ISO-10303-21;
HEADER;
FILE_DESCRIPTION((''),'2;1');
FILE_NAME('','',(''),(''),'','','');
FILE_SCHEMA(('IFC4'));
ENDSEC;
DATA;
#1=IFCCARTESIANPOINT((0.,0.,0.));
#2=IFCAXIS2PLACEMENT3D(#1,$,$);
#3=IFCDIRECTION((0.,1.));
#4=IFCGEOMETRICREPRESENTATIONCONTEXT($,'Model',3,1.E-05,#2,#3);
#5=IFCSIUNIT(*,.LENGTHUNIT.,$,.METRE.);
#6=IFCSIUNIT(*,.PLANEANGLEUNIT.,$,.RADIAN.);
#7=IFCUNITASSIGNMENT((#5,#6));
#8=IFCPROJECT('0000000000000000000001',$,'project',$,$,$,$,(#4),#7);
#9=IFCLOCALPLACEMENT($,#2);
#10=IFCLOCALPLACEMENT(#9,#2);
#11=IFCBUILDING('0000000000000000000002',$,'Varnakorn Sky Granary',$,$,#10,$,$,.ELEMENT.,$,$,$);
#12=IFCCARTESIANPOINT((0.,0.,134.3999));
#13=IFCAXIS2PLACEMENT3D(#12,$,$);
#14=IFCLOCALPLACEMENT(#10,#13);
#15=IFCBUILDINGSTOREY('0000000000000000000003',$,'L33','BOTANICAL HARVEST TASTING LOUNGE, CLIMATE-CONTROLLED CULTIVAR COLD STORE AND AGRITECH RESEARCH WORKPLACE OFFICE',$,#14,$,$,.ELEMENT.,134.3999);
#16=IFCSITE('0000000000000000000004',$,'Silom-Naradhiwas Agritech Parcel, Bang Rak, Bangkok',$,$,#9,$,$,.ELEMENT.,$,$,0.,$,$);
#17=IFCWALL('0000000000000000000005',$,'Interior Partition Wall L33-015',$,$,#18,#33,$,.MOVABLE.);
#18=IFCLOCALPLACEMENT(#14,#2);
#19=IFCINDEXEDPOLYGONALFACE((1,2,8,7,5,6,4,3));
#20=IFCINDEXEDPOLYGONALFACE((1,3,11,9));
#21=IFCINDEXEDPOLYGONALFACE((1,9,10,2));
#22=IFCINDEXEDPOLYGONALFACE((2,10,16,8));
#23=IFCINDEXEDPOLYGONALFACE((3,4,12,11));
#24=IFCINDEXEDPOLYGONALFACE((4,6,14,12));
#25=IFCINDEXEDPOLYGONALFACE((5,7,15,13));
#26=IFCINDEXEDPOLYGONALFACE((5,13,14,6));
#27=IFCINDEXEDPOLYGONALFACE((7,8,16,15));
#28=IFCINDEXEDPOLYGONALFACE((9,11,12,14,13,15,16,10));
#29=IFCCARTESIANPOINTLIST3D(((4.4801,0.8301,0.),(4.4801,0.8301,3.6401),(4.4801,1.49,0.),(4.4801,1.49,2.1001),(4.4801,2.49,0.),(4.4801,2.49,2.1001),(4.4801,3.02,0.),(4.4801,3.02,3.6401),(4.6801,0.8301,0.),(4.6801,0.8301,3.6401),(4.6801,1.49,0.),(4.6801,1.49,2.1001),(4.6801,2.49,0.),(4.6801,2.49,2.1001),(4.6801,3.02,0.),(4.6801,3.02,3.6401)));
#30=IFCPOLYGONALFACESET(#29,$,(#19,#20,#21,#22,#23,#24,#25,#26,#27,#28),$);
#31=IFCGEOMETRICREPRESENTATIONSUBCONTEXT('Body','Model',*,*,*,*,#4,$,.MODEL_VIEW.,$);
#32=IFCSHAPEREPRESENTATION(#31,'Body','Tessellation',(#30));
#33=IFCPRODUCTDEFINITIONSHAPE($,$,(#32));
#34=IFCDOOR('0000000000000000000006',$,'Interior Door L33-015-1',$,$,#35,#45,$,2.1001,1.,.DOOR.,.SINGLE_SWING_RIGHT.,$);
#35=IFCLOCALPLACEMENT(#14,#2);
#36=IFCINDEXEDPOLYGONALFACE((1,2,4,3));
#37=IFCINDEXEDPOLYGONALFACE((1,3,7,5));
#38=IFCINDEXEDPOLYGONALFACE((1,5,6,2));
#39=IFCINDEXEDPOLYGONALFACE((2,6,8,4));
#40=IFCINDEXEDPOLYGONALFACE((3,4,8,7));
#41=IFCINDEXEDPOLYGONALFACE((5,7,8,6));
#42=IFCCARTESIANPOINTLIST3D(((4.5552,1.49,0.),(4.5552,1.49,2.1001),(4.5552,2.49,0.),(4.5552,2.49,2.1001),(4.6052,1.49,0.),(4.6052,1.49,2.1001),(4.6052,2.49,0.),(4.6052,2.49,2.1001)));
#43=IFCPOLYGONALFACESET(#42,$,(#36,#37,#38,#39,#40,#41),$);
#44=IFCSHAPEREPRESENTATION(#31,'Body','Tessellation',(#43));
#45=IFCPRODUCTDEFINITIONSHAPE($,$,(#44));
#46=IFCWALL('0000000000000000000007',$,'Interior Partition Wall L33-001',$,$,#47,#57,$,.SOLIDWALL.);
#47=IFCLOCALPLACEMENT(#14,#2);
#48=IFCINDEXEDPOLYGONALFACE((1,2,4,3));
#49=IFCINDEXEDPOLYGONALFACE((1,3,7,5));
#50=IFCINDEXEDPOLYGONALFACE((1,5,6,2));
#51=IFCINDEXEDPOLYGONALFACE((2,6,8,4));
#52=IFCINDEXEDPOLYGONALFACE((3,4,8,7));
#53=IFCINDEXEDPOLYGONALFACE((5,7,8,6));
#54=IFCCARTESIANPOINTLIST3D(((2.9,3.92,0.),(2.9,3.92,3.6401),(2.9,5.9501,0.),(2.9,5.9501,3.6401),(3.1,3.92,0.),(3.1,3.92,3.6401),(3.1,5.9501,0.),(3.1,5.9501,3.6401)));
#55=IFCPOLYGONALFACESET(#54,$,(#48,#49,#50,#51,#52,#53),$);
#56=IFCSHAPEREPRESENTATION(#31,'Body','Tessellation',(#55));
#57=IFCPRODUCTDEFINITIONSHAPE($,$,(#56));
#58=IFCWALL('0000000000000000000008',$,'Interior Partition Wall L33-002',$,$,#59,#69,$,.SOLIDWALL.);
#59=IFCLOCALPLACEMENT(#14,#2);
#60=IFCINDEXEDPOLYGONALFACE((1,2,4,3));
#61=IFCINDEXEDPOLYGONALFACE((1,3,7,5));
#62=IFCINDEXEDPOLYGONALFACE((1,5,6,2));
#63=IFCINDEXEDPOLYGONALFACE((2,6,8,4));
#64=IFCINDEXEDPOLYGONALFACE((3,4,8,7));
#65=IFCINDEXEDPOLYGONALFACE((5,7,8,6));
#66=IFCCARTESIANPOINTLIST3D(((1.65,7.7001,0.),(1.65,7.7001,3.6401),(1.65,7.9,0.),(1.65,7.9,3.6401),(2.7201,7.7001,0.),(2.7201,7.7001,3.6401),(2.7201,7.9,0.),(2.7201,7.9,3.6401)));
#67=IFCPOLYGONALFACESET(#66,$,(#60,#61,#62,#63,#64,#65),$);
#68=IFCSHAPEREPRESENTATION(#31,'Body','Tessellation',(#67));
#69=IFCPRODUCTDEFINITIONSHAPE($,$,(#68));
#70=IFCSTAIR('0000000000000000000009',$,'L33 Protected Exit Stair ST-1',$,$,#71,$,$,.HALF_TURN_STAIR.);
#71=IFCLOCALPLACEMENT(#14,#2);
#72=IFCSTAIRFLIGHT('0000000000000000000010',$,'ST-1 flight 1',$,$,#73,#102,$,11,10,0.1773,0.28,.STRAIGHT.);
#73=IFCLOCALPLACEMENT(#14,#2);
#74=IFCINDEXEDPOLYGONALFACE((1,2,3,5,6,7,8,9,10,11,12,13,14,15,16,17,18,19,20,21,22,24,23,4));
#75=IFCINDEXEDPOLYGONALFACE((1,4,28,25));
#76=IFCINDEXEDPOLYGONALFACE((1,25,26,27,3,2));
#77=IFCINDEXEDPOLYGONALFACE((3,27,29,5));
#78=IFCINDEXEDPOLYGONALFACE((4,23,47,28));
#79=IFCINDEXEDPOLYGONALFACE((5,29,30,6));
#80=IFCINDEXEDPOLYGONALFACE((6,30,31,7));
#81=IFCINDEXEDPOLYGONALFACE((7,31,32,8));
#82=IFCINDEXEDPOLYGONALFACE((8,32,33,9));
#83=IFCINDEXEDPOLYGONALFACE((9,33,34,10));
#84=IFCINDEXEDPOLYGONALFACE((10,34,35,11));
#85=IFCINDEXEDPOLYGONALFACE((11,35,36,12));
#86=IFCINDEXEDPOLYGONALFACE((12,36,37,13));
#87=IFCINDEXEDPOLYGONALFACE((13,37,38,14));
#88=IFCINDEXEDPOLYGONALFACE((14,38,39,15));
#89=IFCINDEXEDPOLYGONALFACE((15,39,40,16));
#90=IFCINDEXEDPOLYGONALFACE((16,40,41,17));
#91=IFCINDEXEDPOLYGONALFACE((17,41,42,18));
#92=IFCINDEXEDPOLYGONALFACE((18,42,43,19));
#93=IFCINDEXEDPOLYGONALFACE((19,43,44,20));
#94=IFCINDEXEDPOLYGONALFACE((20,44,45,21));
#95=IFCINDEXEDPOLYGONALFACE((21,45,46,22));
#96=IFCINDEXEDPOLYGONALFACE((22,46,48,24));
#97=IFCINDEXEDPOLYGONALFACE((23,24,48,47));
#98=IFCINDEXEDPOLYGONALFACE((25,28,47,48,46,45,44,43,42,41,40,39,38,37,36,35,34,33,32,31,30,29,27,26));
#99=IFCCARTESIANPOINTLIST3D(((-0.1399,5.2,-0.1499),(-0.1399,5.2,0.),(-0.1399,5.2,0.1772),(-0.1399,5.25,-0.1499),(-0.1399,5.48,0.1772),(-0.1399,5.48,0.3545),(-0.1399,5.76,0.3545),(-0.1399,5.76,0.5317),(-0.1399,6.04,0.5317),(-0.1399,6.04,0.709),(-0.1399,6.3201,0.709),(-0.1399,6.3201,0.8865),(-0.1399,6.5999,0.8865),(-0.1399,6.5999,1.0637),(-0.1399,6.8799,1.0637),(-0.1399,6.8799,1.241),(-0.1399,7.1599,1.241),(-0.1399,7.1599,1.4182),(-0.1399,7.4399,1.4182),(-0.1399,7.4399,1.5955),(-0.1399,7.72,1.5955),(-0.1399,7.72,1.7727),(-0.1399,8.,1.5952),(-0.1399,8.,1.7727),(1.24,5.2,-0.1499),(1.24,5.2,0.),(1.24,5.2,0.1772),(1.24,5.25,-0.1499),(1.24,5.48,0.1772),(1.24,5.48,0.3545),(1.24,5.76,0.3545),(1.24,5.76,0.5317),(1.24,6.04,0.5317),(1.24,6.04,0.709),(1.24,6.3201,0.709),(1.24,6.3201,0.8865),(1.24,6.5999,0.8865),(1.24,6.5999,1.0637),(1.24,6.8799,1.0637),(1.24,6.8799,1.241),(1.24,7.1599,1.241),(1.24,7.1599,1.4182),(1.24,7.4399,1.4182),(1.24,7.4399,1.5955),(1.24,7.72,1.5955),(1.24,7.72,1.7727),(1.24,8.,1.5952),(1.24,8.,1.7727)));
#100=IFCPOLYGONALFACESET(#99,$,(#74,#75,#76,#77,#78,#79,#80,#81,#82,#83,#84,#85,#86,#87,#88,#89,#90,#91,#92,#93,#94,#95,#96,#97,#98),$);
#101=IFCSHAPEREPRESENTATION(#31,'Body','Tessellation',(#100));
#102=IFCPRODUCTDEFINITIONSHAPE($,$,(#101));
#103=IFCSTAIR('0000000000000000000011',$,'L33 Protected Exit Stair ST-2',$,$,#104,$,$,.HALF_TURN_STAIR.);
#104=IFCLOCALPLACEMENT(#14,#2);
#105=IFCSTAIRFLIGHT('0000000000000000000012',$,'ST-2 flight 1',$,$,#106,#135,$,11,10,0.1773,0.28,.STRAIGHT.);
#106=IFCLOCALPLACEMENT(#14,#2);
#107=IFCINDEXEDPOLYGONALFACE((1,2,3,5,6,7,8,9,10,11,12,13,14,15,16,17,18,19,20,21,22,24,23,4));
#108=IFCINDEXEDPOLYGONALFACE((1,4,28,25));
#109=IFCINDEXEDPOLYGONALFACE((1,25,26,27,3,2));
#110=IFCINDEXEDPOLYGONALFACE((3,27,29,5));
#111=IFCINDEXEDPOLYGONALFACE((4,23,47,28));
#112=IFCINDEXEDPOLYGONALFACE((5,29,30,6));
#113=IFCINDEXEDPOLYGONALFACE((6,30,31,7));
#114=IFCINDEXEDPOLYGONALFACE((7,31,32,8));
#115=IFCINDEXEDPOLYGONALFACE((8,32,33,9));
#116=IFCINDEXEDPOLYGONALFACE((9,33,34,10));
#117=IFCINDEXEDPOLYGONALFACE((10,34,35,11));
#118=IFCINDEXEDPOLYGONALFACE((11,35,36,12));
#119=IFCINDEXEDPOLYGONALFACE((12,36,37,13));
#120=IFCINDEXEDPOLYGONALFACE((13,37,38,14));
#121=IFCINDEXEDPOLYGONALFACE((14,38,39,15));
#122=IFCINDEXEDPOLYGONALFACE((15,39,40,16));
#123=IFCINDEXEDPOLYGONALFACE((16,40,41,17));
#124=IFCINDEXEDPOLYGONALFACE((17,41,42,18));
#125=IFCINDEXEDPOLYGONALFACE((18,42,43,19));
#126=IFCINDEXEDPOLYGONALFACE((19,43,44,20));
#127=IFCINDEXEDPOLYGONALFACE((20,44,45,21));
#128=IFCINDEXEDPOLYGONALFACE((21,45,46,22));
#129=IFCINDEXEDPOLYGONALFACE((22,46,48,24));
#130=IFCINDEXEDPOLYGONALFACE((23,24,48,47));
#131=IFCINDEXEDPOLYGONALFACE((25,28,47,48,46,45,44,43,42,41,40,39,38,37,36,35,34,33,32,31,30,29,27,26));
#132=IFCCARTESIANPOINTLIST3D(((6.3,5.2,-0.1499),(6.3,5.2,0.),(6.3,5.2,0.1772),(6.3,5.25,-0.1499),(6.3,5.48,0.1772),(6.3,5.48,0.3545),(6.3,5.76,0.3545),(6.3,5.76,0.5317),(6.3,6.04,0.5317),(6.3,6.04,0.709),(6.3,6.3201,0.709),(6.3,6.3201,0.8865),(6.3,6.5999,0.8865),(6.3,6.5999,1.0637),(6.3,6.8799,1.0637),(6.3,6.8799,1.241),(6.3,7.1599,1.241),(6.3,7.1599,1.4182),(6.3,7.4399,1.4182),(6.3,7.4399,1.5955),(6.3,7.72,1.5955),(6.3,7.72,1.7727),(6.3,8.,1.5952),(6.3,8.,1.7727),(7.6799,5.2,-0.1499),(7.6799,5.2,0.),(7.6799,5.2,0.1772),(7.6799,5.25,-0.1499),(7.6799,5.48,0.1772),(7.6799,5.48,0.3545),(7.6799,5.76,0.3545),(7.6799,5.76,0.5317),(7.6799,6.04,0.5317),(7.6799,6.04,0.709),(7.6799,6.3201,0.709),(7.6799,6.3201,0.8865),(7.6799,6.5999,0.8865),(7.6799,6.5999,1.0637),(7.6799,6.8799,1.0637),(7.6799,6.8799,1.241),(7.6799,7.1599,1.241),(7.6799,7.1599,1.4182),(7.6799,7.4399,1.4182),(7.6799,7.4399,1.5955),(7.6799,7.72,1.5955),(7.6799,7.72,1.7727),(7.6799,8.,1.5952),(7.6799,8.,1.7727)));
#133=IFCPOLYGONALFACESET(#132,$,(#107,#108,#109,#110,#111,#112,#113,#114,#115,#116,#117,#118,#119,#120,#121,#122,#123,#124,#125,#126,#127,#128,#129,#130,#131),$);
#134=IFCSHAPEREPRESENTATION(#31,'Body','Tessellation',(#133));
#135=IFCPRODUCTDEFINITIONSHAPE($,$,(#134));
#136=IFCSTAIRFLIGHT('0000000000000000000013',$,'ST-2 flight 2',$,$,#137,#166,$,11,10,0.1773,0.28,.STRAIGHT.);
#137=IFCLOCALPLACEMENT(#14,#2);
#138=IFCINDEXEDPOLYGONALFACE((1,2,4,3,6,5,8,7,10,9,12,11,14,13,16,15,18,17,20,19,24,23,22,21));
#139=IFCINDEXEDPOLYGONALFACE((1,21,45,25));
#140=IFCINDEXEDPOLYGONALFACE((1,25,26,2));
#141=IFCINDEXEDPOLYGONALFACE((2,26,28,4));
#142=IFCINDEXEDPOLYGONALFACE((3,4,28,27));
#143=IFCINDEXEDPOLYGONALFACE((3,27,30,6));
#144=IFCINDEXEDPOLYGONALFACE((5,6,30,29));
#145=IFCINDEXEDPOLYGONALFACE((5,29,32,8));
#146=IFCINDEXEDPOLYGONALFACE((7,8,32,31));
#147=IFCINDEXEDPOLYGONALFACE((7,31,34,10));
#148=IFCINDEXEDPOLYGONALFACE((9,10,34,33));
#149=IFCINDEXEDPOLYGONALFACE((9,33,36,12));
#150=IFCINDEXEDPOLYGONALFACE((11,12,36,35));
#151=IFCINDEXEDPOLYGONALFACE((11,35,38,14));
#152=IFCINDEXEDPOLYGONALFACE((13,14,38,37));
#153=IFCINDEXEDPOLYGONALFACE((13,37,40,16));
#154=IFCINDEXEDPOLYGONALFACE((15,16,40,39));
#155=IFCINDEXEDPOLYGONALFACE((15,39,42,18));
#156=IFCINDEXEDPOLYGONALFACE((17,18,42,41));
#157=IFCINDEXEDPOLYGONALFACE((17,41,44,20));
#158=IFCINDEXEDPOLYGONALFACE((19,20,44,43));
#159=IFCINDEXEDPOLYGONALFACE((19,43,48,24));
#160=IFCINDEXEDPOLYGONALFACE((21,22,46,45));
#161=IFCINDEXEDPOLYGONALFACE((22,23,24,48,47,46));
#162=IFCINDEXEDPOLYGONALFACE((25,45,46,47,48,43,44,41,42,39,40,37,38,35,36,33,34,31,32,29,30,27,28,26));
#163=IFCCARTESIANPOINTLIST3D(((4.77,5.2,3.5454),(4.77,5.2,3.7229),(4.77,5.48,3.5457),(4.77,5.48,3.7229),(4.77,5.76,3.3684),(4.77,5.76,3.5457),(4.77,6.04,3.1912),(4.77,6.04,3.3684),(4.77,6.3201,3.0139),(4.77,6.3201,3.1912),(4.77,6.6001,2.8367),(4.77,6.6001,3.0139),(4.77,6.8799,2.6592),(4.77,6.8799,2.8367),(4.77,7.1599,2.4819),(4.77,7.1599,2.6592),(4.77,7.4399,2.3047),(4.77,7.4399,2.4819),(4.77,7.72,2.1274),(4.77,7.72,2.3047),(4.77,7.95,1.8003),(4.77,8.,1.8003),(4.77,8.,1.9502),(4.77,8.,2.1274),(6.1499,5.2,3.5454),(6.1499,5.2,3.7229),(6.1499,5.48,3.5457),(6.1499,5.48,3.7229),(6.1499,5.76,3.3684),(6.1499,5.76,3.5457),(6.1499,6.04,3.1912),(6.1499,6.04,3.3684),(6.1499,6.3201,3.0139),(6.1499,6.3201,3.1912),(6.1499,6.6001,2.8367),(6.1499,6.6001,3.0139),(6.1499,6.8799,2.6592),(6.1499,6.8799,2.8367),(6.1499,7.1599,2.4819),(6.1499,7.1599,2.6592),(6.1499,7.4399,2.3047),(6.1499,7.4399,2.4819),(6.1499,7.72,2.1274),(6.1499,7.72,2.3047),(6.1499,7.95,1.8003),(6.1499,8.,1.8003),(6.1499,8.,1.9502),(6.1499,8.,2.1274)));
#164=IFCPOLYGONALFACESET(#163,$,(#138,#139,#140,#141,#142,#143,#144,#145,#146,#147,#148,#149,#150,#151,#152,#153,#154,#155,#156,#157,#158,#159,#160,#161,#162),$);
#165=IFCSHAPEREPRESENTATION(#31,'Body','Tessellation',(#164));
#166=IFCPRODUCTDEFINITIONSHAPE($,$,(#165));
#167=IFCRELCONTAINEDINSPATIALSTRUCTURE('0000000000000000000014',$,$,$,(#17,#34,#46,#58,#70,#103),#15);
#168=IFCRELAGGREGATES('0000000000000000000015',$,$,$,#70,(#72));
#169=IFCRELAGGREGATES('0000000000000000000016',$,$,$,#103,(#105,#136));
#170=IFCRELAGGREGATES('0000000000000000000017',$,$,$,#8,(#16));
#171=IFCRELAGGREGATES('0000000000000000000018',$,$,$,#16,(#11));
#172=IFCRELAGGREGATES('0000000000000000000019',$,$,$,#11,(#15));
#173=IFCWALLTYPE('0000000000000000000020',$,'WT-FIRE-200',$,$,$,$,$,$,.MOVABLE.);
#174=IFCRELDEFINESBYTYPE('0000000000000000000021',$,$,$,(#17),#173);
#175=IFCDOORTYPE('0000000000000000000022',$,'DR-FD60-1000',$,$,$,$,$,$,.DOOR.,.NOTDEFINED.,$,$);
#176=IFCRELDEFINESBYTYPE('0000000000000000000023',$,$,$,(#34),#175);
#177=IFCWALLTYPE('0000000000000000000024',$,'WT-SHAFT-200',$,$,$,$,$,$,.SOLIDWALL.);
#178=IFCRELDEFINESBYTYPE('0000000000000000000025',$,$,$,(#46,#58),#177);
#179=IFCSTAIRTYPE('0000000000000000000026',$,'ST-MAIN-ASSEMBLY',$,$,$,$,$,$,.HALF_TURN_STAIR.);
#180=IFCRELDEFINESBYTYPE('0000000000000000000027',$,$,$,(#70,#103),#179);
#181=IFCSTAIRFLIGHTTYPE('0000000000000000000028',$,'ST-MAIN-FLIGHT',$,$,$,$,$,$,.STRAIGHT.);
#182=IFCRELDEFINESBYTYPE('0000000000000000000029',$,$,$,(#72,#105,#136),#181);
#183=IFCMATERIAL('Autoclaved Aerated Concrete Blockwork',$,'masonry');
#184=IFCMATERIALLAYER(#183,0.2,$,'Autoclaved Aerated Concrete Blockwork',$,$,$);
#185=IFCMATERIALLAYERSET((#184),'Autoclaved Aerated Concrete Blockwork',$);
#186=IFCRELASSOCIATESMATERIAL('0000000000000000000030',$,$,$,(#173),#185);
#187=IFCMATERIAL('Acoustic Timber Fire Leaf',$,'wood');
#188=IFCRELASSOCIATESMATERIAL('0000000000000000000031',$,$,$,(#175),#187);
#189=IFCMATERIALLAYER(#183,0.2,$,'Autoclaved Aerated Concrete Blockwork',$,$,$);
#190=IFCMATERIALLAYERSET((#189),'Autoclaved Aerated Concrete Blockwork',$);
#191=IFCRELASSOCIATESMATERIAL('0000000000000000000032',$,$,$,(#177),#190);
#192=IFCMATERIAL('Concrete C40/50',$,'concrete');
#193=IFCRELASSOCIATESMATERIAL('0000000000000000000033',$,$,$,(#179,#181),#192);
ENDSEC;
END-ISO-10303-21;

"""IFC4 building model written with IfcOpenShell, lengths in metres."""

from ifc_helpers import new_model, si_unit, direction, frame, frame_2d, origin, place, context, subcontext, project, spatial, polyline, rectangle, outline, extrude, material, layer, layer_set, type_object, element, fill, aggregate, save


model = new_model("IFC4")

# Units and contexts
model_context = context("Model", 3, precision=1e-05, world=origin(), true_north=direction((0.0, 1.0)))
body_context = subcontext(model_context, "Body", "Model", "MODEL_VIEW")
ifc_project = project(units=[si_unit("LENGTHUNIT", "METRE"), si_unit("PLANEANGLEUNIT", "RADIAN")], contexts=[model_context])

# Site, building, storey
site_placement = place(None, origin())
site = spatial("IfcSite", under=ifc_project, at=site_placement, Name="Silom-Naradhiwas Agritech Parcel, Bang Rak, Bangkok", CompositionType="ELEMENT", RefElevation=0.0)
building_placement = place(site_placement, origin())
building = spatial("IfcBuilding", under=site, at=building_placement, Name="Varnakorn Sky Granary", CompositionType="ELEMENT")
storey_placement = place(building_placement, frame((0.0, 0.0, 134.3999)))
storey = spatial("IfcBuildingStorey", under=building, at=storey_placement, Name="L33", Description="BOTANICAL HARVEST TASTING LOUNGE, CLIMATE-CONTROLLED CULTIVAR COLD STORE AND AGRITECH RESEARCH WORKPLACE OFFICE", CompositionType="ELEMENT", Elevation=134.3999)

# Shared definitions
ifc_material_1 = material(Name="Autoclaved Aerated Concrete Blockwork", Category="masonry")
ifc_layer_1 = layer(ifc_material_1, 0.2, Name="Autoclaved Aerated Concrete Blockwork")
ifc_layer_set_1 = layer_set([ifc_layer_1], Name="Autoclaved Aerated Concrete Blockwork")
wall_type_1 = type_object("IfcWallType", Name="WT-FIRE-200", PredefinedType="MOVABLE", material=ifc_layer_set_1)
ifc_material_2 = material(Name="Acoustic Timber Fire Leaf", Category="wood")

# Wall, opening, door
wall_1_placement = place(storey_placement, frame((4.5801, 0.8301, 0.0), z_axis=(0.0, 0.0, 1.0), x_axis=(0.0, 1.0, 0.0)))
wall_1 = element("IfcWall", 1, at=wall_1_placement, inside=storey, type_object=wall_type_1, Name="Interior Partition Wall L33-015", PredefinedType="MOVABLE", context=body_context, shape_type="SweptSolid", body=[
    extrude(rectangle(XDim=2.1899, YDim=0.2, at=frame_2d((1.095, 0.0))), origin(), (0.0, 0.0, 1.0), 3.6401),
])
opening_1_placement = place(wall_1_placement, frame((0.6599, 0.0, 0.0)))
opening_1 = element("IfcOpeningElement", 2, at=opening_1_placement, cuts=wall_1, PredefinedType="OPENING", context=body_context, shape_type="SweptSolid", body=[
    extrude(rectangle(XDim=1.0, YDim=2.1001, at=frame_2d((0.5, 1.05))), frame((0.0, 0.1099, 0.0), z_axis=(0.0, -1.0, 0.0), x_axis=(1.0, 0.0, 0.0)), (0.0, 0.0, 1.0), 0.22),
])
door_type_1 = type_object("IfcDoorType", Name="DR-FD60-1000", OperationType="NOTDEFINED", PredefinedType="DOOR", material=ifc_material_2)
door_1_placement = place(opening_1_placement, origin())
door_1 = element("IfcDoor", 3, at=door_1_placement, inside=storey, type_object=door_type_1, Name="Interior Door L33-015-1", OperationType="SINGLE_SWING_RIGHT", OverallHeight=2.1001, OverallWidth=1.0, PredefinedType="DOOR", context=body_context, shape_type="SweptSolid", body=[
    extrude(rectangle(XDim=1.0, YDim=2.1001, at=frame_2d((0.5, 1.05))), frame((0.0, 0.0249, 0.0), z_axis=(0.0, -1.0, 0.0), x_axis=(1.0, 0.0, 0.0)), (0.0, 0.0, 1.0), 0.05),
])
fill(opening_1, door_1)

# Walls
ifc_layer_2 = layer(ifc_material_1, 0.2, Name="Autoclaved Aerated Concrete Blockwork")
ifc_layer_set_2 = layer_set([ifc_layer_2], Name="Autoclaved Aerated Concrete Blockwork")
wall_type_2 = type_object("IfcWallType", Name="WT-SHAFT-200", PredefinedType="SOLIDWALL", material=ifc_layer_set_2)
wall_2_placement = place(storey_placement, frame((3.0, 3.9199, 0.0), z_axis=(0.0, 0.0, 1.0), x_axis=(0.0, 1.0, 0.0)))
element("IfcWall", 4, at=wall_2_placement, inside=storey, type_object=wall_type_2, Name="Interior Partition Wall L33-001", PredefinedType="SOLIDWALL", context=body_context, shape_type="SweptSolid", body=[
    extrude(rectangle(XDim=2.03, YDim=0.2, at=frame_2d((1.0151, 0.0))), origin(), (0.0, 0.0, 1.0), 3.6401),
])
wall_3_placement = place(storey_placement, frame((1.6499, 7.8, 0.0), z_axis=(0.0, 0.0, 1.0), x_axis=(1.0, 0.0, 0.0)))
element("IfcWall", 5, at=wall_3_placement, inside=storey, type_object=wall_type_2, Name="Interior Partition Wall L33-002", PredefinedType="SOLIDWALL", context=body_context, shape_type="SweptSolid", body=[
    extrude(rectangle(XDim=1.0701, YDim=0.2, at=frame_2d((0.5352, 0.0))), origin(), (0.0, 0.0, 1.0), 3.6401),
])

# Stair, stair flight
ifc_material_3 = material(Name="Concrete C40/50", Category="concrete")
stair_type = type_object("IfcStairType", Name="ST-MAIN-ASSEMBLY", PredefinedType="HALF_TURN_STAIR", material=ifc_material_3)
stair_1_placement = place(storey_placement, origin())
stair_1 = element("IfcStair", 6, at=stair_1_placement, inside=storey, type_object=stair_type, Name="L33 Protected Exit Stair ST-1", PredefinedType="HALF_TURN_STAIR")
stair_flight_type = type_object("IfcStairFlightType", Name="ST-MAIN-FLIGHT", PredefinedType="STRAIGHT", material=ifc_material_3)
stair_flight_1_placement = place(storey_placement, frame((0.55, 5.2, 0.0), z_axis=(0.0, 0.0, 1.0), x_axis=(0.0, 1.0, 0.0)))
stair_flight_1 = element("IfcStairFlight", 7, at=stair_flight_1_placement, type_object=stair_flight_type, Name="ST-1 flight 1", NumberOfRisers=11, NumberOfTreads=10, PredefinedType="STRAIGHT", RiserHeight=0.1773, TreadLength=0.28, context=body_context, shape_type="SweptSolid", body=[
    extrude(outline(polyline([(0.0, -0.1499), (0.0, 0.0), (0.0, 0.1772), (0.28, 0.1772), (0.28, 0.3545), (0.5601, 0.3545), (0.5601, 0.5317), (0.8401, 0.5317), (0.8401, 0.709), (1.1201, 0.709), (1.1201, 0.8865), (1.3999, 0.8865), (1.3999, 1.0637), (1.6799, 1.0637), (1.6799, 1.241), (1.96, 1.241), (1.96, 1.4182), (2.24, 1.4182), (2.24, 1.5955), (2.52, 1.5955), (2.52, 1.7727), (2.8, 1.7727), (2.8, 1.95), (2.8, 1.5952), (0.05, -0.1499), (0.0, -0.1499)])), frame((0.0, 0.6899, 0.0), z_axis=(0.0, -1.0, 0.0), x_axis=(1.0, 0.0, 0.0)), (0.0, 0.0, 1.0), 1.3799),
])
aggregate(stair_1, [stair_flight_1])

# Stair, stair flights
stair_2_placement = place(storey_placement, origin())
stair_2 = element("IfcStair", 8, at=stair_2_placement, inside=storey, type_object=stair_type, Name="L33 Protected Exit Stair ST-2", PredefinedType="HALF_TURN_STAIR")
stair_flight_2_placement = place(storey_placement, frame((6.99, 5.2, 0.0), z_axis=(0.0, 0.0, 1.0), x_axis=(0.0, 1.0, 0.0)))
stair_flight_2 = element("IfcStairFlight", 9, at=stair_flight_2_placement, type_object=stair_flight_type, Name="ST-2 flight 1", NumberOfRisers=11, NumberOfTreads=10, PredefinedType="STRAIGHT", RiserHeight=0.1773, TreadLength=0.28, context=body_context, shape_type="SweptSolid", body=[
    extrude(outline(polyline([(0.0, -0.1499), (0.0, 0.0), (0.0, 0.1772), (0.28, 0.1772), (0.28, 0.3545), (0.5601, 0.3545), (0.5601, 0.5317), (0.8401, 0.5317), (0.8401, 0.709), (1.1201, 0.709), (1.1201, 0.8865), (1.3999, 0.8865), (1.3999, 1.0637), (1.6799, 1.0637), (1.6799, 1.241), (1.96, 1.241), (1.96, 1.4182), (2.24, 1.4182), (2.24, 1.5955), (2.52, 1.5955), (2.52, 1.7727), (2.8, 1.7727), (2.8, 1.95), (2.8, 1.5952), (0.05, -0.1499), (0.0, -0.1499)])), frame((0.0, 0.6899, 0.0), z_axis=(0.0, -1.0, 0.0), x_axis=(1.0, 0.0, 0.0)), (0.0, 0.0, 1.0), 1.3799),
])
stair_flight_3_placement = place(storey_placement, frame((5.46, 8.0, 1.9502), z_axis=(0.0, 0.0, 1.0), x_axis=(0.0, -1.0, 0.0)))
stair_flight_3 = element("IfcStairFlight", 10, at=stair_flight_3_placement, type_object=stair_flight_type, Name="ST-2 flight 2", NumberOfRisers=11, NumberOfTreads=10, PredefinedType="STRAIGHT", RiserHeight=0.1773, TreadLength=0.28, context=body_context, shape_type="SweptSolid", body=[
    extrude(outline(polyline([(0.0, -0.1499), (0.0, 0.0), (0.0, 0.1772), (0.28, 0.1772), (0.28, 0.3545), (0.5601, 0.3545), (0.5601, 0.5317), (0.8401, 0.5317), (0.8401, 0.709), (1.1201, 0.709), (1.1201, 0.8865), (1.3999, 0.8865), (1.3999, 1.0637), (1.6799, 1.0637), (1.6799, 1.241), (1.96, 1.241), (1.96, 1.4182), (2.24, 1.4182), (2.24, 1.5955), (2.52, 1.5955), (2.52, 1.7727), (2.8, 1.7727), (2.8, 1.95), (2.8, 1.5952), (0.05, -0.1499), (0.0, -0.1499)])), frame((0.0, 0.6899, 0.0), z_axis=(0.0, -1.0, 0.0), x_axis=(1.0, 0.0, 0.0)), (0.0, 0.0, 1.0), 1.3799),
])
aggregate(stair_2, [stair_flight_2, stair_flight_3])

save(model, "model.ifc")
